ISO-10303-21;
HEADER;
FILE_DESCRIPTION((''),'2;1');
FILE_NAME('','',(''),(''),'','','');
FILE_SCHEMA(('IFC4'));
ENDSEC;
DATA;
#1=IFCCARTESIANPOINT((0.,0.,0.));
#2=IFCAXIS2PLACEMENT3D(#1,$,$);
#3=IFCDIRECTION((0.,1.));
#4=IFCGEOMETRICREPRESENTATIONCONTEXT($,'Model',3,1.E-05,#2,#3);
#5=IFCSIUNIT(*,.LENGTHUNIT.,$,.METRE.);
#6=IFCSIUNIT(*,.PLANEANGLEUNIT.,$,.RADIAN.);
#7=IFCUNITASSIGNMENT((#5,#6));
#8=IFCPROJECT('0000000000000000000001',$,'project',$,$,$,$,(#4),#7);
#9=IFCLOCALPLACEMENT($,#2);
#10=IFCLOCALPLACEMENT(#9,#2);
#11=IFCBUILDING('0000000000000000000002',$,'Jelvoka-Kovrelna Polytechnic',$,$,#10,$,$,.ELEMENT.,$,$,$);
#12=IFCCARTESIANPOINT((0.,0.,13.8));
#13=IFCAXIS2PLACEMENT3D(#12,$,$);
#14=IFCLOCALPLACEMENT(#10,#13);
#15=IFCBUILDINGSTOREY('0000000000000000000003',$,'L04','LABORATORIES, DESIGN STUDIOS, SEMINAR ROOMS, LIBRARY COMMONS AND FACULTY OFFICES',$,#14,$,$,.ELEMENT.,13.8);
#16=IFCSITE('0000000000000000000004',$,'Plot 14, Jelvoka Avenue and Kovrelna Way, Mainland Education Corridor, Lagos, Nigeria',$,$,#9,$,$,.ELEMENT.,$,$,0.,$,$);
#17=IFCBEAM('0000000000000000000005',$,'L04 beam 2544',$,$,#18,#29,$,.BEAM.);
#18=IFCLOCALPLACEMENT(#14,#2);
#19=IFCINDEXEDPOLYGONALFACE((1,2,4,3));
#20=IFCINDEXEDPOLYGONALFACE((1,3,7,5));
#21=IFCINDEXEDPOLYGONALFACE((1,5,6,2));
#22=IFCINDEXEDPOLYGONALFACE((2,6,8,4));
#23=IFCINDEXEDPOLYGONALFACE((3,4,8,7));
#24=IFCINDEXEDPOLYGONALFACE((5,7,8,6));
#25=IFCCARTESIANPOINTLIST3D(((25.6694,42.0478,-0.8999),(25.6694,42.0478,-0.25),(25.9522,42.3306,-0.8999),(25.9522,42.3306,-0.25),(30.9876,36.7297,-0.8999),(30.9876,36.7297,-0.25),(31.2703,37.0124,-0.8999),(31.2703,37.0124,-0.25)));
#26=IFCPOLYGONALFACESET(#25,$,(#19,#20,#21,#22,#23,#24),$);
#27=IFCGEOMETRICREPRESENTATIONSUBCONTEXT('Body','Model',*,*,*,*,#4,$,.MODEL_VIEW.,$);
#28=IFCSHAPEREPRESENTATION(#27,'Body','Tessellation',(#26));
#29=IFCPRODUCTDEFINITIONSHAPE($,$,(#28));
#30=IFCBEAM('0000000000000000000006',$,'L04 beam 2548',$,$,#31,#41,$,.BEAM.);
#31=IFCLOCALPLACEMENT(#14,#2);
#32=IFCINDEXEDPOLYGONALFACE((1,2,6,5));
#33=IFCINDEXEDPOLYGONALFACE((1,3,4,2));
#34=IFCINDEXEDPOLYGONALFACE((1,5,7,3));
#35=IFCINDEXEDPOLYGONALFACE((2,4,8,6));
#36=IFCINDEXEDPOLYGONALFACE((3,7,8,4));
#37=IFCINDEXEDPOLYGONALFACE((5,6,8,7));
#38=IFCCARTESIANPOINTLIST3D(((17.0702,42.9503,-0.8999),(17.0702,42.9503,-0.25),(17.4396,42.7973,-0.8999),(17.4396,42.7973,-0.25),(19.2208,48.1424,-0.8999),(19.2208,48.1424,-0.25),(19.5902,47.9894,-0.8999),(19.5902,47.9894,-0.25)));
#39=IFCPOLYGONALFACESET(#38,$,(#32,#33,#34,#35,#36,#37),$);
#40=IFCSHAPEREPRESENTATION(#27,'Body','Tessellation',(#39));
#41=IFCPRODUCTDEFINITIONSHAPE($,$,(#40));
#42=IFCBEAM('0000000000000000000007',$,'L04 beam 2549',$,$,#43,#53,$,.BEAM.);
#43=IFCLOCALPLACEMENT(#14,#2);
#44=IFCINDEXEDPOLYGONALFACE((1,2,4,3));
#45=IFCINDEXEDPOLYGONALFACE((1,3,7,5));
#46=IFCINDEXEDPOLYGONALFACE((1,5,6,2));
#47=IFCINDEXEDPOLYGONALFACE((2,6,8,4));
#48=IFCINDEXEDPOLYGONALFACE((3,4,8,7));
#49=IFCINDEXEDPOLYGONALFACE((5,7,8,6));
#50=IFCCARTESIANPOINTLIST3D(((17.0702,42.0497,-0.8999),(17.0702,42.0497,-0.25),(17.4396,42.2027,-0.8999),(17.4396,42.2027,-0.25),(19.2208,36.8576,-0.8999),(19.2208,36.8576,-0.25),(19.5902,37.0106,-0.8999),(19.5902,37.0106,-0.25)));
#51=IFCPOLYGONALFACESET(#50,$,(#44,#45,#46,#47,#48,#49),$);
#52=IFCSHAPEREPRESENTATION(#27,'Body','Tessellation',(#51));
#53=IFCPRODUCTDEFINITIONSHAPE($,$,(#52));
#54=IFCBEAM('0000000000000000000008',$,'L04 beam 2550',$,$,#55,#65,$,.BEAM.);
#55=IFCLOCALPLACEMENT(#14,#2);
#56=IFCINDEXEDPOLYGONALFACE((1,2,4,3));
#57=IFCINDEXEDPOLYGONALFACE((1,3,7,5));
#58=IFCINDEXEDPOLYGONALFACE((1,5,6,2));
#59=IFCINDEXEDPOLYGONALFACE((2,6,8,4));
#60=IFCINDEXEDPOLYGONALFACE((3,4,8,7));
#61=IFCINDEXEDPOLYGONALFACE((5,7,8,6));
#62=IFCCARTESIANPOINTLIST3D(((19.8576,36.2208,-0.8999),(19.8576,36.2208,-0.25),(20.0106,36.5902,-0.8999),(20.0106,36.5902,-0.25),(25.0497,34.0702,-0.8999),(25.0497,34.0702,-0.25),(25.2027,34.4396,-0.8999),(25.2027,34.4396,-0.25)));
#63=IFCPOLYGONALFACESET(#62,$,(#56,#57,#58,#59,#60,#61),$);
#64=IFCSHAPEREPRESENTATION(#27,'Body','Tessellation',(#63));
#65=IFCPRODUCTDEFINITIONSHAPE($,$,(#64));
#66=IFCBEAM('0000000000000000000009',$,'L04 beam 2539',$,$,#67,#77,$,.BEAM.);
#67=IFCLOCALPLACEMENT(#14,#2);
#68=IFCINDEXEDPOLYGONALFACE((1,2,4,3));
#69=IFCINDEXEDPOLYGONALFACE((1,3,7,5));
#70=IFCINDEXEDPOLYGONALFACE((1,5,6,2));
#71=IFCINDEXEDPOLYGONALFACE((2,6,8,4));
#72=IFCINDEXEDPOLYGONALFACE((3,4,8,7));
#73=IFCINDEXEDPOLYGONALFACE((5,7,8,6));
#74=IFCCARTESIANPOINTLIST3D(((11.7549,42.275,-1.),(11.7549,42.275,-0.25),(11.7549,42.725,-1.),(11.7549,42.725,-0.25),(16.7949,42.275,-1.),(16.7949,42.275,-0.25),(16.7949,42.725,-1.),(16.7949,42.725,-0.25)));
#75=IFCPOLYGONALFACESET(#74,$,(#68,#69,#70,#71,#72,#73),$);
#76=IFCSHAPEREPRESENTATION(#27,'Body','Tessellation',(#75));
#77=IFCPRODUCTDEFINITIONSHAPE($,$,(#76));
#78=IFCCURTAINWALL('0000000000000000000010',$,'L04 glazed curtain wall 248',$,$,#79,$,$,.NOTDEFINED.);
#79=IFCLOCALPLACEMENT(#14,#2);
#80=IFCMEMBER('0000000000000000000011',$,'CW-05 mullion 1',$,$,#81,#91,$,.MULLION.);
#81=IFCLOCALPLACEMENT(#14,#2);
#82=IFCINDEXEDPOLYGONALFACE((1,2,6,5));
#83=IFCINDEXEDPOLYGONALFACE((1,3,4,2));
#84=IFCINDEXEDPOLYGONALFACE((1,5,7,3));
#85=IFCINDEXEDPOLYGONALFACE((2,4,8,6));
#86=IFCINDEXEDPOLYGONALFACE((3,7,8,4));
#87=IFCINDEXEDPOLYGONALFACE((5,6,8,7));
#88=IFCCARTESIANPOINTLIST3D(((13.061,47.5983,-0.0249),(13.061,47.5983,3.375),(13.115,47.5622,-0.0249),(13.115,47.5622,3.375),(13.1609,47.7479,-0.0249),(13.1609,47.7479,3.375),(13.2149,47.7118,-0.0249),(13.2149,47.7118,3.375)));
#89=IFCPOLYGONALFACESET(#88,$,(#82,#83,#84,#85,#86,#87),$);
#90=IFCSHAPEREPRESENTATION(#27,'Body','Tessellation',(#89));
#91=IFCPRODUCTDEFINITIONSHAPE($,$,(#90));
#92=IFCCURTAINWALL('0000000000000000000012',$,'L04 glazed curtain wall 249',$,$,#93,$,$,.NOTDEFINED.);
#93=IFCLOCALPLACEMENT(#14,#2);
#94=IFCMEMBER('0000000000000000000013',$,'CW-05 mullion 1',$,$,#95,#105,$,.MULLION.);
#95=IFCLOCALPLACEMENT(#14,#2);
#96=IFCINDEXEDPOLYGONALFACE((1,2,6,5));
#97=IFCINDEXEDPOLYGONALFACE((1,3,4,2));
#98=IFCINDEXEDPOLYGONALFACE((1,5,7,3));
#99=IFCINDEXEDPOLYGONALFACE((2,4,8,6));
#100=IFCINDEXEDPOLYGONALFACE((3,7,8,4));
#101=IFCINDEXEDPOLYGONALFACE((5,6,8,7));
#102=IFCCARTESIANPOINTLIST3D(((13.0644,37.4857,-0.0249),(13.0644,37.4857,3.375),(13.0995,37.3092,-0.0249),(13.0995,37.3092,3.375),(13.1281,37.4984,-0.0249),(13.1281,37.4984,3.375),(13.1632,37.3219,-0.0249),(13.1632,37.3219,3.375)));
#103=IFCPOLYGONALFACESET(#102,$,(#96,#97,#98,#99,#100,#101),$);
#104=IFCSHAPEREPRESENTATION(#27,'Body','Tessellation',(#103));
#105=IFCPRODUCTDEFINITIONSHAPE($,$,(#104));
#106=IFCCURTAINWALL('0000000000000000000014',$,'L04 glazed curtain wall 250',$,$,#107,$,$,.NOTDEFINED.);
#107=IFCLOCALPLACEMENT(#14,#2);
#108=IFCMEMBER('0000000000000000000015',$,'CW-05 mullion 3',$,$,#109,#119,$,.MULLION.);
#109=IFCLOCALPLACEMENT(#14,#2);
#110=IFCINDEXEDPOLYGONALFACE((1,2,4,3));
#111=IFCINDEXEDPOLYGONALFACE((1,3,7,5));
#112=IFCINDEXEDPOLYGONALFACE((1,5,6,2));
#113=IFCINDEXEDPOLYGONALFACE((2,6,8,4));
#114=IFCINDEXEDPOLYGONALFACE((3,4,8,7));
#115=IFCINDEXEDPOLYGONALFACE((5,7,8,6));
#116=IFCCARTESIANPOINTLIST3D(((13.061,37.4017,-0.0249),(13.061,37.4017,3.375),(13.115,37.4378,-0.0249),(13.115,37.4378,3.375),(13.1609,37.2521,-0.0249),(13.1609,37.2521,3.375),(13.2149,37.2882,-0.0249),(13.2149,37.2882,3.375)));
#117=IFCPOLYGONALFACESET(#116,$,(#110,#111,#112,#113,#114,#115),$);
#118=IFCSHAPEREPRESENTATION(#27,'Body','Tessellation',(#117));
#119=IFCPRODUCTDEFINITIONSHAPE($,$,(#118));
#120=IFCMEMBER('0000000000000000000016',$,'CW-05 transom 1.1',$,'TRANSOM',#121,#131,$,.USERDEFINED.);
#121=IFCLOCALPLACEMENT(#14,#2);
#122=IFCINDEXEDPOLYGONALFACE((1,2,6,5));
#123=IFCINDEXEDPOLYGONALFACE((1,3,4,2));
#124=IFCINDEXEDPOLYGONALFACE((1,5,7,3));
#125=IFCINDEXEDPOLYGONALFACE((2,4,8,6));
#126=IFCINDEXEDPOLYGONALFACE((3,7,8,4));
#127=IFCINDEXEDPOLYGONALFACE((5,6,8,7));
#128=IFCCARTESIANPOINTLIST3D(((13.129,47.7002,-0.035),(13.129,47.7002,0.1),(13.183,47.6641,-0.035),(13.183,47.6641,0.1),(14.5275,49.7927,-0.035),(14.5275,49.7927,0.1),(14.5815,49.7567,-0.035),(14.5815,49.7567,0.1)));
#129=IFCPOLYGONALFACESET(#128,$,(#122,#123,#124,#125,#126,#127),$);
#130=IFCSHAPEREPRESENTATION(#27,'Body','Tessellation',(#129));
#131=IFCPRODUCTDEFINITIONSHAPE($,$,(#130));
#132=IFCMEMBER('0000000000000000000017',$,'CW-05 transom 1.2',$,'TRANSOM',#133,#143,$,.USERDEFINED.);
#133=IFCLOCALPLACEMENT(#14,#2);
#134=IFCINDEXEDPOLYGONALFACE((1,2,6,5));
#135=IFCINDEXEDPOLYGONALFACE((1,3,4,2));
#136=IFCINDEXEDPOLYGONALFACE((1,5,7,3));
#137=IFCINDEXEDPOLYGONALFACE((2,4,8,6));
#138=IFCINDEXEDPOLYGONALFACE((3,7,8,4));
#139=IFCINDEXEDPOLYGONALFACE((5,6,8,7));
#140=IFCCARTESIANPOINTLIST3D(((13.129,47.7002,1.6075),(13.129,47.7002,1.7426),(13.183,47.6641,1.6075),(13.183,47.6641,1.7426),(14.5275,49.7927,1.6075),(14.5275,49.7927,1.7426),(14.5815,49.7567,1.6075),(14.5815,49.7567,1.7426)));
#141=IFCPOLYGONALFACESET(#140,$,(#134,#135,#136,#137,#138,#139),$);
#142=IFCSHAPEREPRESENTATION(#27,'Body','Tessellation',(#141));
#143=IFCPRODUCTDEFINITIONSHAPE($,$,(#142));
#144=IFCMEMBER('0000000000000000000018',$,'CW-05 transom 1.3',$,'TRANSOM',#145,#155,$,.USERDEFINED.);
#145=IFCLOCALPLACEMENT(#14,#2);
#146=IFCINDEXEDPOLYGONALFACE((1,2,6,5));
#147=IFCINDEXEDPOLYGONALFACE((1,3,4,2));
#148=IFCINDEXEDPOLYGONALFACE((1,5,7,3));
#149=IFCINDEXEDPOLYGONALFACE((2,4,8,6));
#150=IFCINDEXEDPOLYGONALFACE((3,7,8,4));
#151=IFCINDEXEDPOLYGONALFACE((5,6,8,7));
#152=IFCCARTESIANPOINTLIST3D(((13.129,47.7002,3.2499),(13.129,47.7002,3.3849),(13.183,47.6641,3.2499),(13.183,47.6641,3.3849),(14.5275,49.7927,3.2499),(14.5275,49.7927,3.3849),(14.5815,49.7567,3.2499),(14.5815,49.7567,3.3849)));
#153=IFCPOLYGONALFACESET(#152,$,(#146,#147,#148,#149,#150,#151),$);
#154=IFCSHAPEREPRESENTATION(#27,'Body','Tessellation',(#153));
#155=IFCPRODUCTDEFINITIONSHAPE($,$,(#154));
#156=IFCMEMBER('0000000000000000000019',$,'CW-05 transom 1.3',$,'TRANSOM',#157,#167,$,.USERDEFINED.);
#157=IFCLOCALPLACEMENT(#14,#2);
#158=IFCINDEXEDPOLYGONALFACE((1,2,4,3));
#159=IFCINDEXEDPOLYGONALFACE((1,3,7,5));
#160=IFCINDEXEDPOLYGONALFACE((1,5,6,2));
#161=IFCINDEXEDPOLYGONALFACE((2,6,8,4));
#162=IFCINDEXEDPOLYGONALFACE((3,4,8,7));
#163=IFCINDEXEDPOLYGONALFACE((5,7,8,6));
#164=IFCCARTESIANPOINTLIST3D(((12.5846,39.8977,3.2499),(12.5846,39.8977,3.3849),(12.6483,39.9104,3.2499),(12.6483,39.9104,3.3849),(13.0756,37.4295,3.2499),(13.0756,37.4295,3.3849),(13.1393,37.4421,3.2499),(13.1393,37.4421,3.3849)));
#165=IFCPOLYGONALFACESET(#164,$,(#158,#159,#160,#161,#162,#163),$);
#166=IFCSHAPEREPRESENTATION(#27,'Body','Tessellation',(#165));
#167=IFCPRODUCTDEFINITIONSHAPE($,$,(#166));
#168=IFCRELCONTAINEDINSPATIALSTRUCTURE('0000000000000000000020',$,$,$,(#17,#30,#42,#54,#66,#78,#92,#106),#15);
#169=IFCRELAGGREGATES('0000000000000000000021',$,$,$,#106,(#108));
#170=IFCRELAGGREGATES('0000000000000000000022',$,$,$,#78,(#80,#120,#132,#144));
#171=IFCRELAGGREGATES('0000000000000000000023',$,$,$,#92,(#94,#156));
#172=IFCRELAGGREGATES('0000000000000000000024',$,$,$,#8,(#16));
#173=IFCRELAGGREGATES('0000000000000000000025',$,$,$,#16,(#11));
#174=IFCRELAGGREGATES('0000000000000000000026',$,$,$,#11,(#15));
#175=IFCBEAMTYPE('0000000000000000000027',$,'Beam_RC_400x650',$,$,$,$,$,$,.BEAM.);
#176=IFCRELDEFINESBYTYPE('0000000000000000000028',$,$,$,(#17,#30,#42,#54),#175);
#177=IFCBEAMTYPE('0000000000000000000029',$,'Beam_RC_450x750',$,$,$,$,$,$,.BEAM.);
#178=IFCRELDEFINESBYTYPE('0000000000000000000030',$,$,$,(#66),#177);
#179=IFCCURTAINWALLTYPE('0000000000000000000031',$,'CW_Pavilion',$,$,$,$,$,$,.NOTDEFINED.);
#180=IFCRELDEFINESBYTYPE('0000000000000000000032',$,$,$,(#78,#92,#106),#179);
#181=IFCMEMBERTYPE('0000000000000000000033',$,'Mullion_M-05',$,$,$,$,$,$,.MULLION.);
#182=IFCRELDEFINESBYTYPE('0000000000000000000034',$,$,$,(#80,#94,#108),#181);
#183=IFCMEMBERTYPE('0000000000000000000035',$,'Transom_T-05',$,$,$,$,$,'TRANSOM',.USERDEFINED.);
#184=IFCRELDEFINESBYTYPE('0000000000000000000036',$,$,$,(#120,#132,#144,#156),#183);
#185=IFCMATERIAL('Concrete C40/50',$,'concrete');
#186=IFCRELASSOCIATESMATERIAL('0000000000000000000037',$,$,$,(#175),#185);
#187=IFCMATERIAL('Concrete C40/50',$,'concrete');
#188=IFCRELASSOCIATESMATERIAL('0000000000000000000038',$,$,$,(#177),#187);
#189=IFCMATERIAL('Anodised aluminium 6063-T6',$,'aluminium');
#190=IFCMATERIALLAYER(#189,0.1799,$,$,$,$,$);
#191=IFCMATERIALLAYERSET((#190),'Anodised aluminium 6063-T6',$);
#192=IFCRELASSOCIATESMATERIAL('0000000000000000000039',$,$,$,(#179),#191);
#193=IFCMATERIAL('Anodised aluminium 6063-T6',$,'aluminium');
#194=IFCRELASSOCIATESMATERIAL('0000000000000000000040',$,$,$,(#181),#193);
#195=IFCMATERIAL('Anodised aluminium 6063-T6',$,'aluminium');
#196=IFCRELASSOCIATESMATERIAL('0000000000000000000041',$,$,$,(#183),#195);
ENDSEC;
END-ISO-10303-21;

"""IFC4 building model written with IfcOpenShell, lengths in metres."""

from ifc_helpers import new_model, si_unit, direction, frame, origin, origin_2d, place, context, subcontext, project, spatial, rectangle, extrude, material, layer, layer_set, material_profile, profile_set, type_object, element, aggregate, save


model = new_model("IFC4")

# Units and contexts
model_context = context("Model", 3, precision=1e-05, world=origin(), true_north=direction((0.0, 1.0)))
body_context = subcontext(model_context, "Body", "Model", "MODEL_VIEW")
ifc_project = project(units=[si_unit("LENGTHUNIT", "METRE"), si_unit("PLANEANGLEUNIT", "RADIAN")], contexts=[model_context])

# Site, building, storey
site_placement = place(None, origin())
site = spatial("IfcSite", under=ifc_project, at=site_placement, Name="Plot 14, Jelvoka Avenue and Kovrelna Way, Mainland Education Corridor, Lagos, Nigeria", CompositionType="ELEMENT", RefElevation=0.0)
building_placement = place(site_placement, origin())
building = spatial("IfcBuilding", under=site, at=building_placement, Name="Jelvoka-Kovrelna Polytechnic", CompositionType="ELEMENT")
storey_placement = place(building_placement, frame((0.0, 0.0, 13.8)))
storey = spatial("IfcBuildingStorey", under=building, at=storey_placement, Name="L04", Description="LABORATORIES, DESIGN STUDIOS, SEMINAR ROOMS, LIBRARY COMMONS AND FACULTY OFFICES", CompositionType="ELEMENT", Elevation=13.8)

# Beams
ifc_material_1 = material(Name="Concrete C40/50", Category="concrete")
ifc_material_profile_1 = material_profile(ifc_material_1, rectangle(XDim=0.3999, YDim=0.6499, at=origin_2d()), Name="RC 400x650")
ifc_profile_set_1 = profile_set([ifc_material_profile_1], Name="Concrete C40/50")
beam_type_1 = type_object("IfcBeamType", Name="Beam_RC_400x650", PredefinedType="BEAM", material=ifc_profile_set_1)
beam_1_placement = place(storey_placement, frame((25.8108, 42.1892, -0.575), z_axis=(0.707107, -0.707107, 0.0), x_axis=(0.707107, 0.707107, 0.0)))
element("IfcBeam", 1, at=beam_1_placement, inside=storey, type_object=beam_type_1, Name="L04 beam 2544", PredefinedType="BEAM", context=body_context, shape_type="SweptSolid", body=[
    extrude(rectangle(XDim=0.3999, YDim=0.6499, at=origin_2d()), origin(), (0.0, 0.0, 1.0), 7.521),
])
for number, where, z_axis, x_axis, name in (
    (2, (19.4055, 48.0659, -0.575), (-0.38268, -0.923881, 0.0), (0.923881, -0.38268, 0.0), "L04 beam 2548"),
    (3, (17.2549, 42.1262, -0.575), (0.38268, -0.923881, 0.0), (0.923881, 0.38268, 0.0), "L04 beam 2549"),
    (4, (19.9341, 36.4055, -0.575), (0.923881, -0.38268, 0.0), (0.38268, 0.923881, 0.0), "L04 beam 2550"),
):
    element("IfcBeam", number, at=place(storey_placement, frame(where, z_axis=z_axis, x_axis=x_axis)), inside=storey, type_object=beam_type_1, Name=name, PredefinedType="BEAM", context=body_context, shape_type="SweptSolid", body=[
        extrude(rectangle(XDim=0.3999, YDim=0.6499, at=origin_2d()), origin(), (0.0, 0.0, 1.0), 5.6199),
    ])
ifc_material_2 = material(Name="Concrete C40/50", Category="concrete")
ifc_material_profile_2 = material_profile(ifc_material_2, rectangle(XDim=0.45, YDim=0.75, at=origin_2d()), Name="RC 450x750")
ifc_profile_set_2 = profile_set([ifc_material_profile_2], Name="Concrete C40/50")
beam_type_2 = type_object("IfcBeamType", Name="Beam_RC_450x750", PredefinedType="BEAM", material=ifc_profile_set_2)
beam_2_placement = place(storey_placement, frame((16.7949, 42.5, -0.625), z_axis=(-1.0, 0.0, 0.0), x_axis=(0.0, -1.0, 0.0)))
element("IfcBeam", 5, at=beam_2_placement, inside=storey, type_object=beam_type_2, Name="L04 beam 2539", PredefinedType="BEAM", context=body_context, shape_type="SweptSolid", body=[
    extrude(rectangle(XDim=0.45, YDim=0.75, at=origin_2d()), origin(), (0.0, 0.0, 1.0), 5.04),
])

# Curtain walls, members
ifc_material_3 = material(Name="Anodised aluminium 6063-T6", Category="aluminium")
ifc_layer_1 = layer(ifc_material_3, 0.1799)
ifc_layer_set_1 = layer_set([ifc_layer_1], Name="Anodised aluminium 6063-T6")
curtain_wall_type = type_object("IfcCurtainWallType", Name="CW_Pavilion", PredefinedType="NOTDEFINED", material=ifc_layer_set_1)
curtain_wall_1_placement = place(storey_placement, origin())
curtain_wall_1 = element("IfcCurtainWall", 6, at=curtain_wall_1_placement, inside=storey, type_object=curtain_wall_type, Name="L04 glazed curtain wall 248", PredefinedType="NOTDEFINED")
ifc_material_4 = material(Name="Anodised aluminium 6063-T6", Category="aluminium")
ifc_material_profile_3 = material_profile(ifc_material_4, rectangle(XDim=0.0649, YDim=0.1799, at=origin_2d()), Name="ALU 65x180")
ifc_profile_set_3 = profile_set([ifc_material_profile_3], Name="Anodised aluminium 6063-T6")
member_type_1 = type_object("IfcMemberType", Name="Mullion_M-05", PredefinedType="MULLION", material=ifc_profile_set_3)
member_1_placement = place(storey_placement, frame((13.1379, 47.655, -0.0249), z_axis=(0.0, 0.0, 1.0), x_axis=(-0.831461, 0.555583, 0.0)))
member_1 = element("IfcMember", 7, at=member_1_placement, type_object=member_type_1, Name="CW-05 mullion 1", PredefinedType="MULLION", context=body_context, shape_type="SweptSolid", body=[
    extrude(rectangle(XDim=0.0649, YDim=0.1799, at=origin_2d()), origin(), (0.0, 0.0, 1.0), 3.3999),
])
curtain_wall_2_placement = place(storey_placement, origin())
curtain_wall_2 = element("IfcCurtainWall", 8, at=curtain_wall_2_placement, inside=storey, type_object=curtain_wall_type, Name="L04 glazed curtain wall 249", PredefinedType="NOTDEFINED")
member_2_placement = place(storey_placement, frame((13.1138, 37.4038, -0.0249), z_axis=(0.0, 0.0, 1.0), x_axis=(-0.980786, -0.195086, 0.0)))
member_2 = element("IfcMember", 9, at=member_2_placement, type_object=member_type_1, Name="CW-05 mullion 1", PredefinedType="MULLION", context=body_context, shape_type="SweptSolid", body=[
    extrude(rectangle(XDim=0.0649, YDim=0.1799, at=origin_2d()), origin(), (0.0, 0.0, 1.0), 3.3999),
])
curtain_wall_3_placement = place(storey_placement, origin())
curtain_wall_3 = element("IfcCurtainWall", 10, at=curtain_wall_3_placement, inside=storey, type_object=curtain_wall_type, Name="L04 glazed curtain wall 250", PredefinedType="NOTDEFINED")
member_3_placement = place(storey_placement, frame((13.1379, 37.345, -0.0249), z_axis=(0.0, 0.0, 1.0), x_axis=(-0.831461, -0.555583, 0.0)))
member_3 = element("IfcMember", 11, at=member_3_placement, type_object=member_type_1, Name="CW-05 mullion 3", PredefinedType="MULLION", context=body_context, shape_type="SweptSolid", body=[
    extrude(rectangle(XDim=0.0649, YDim=0.1799, at=origin_2d()), origin(), (0.0, 0.0, 1.0), 3.3999),
])
aggregate(curtain_wall_3, [member_3])

# Members
ifc_material_5 = material(Name="Anodised aluminium 6063-T6", Category="aluminium")
ifc_material_profile_4 = material_profile(ifc_material_5, rectangle(XDim=0.0649, YDim=0.135, at=origin_2d()), Name="ALU 65x135")
ifc_profile_set_4 = profile_set([ifc_material_profile_4], Name="Anodised aluminium 6063-T6")
member_type_2 = type_object("IfcMemberType", Name="Transom_T-05", ElementType="TRANSOM", PredefinedType="USERDEFINED", material=ifc_profile_set_4)
member_4_placement = place(storey_placement, frame((13.156, 47.6821, 0.0325), z_axis=(0.55564, 0.831423, 0.0), x_axis=(-0.831423, 0.55564, 0.0)))
member_4 = element("IfcMember", 12, at=member_4_placement, type_object=member_type_2, Name="CW-05 transom 1.1", ObjectType="TRANSOM", PredefinedType="USERDEFINED", context=body_context, shape_type="SweptSolid", body=[
    extrude(rectangle(XDim=0.0649, YDim=0.135, at=origin_2d()), origin(), (0.0, 0.0, 1.0), 2.5168),
])
member_5_placement = place(storey_placement, frame((13.156, 47.6821, 1.675), z_axis=(0.55564, 0.831423, 0.0), x_axis=(-0.831423, 0.55564, 0.0)))
member_5 = element("IfcMember", 13, at=member_5_placement, type_object=member_type_2, Name="CW-05 transom 1.2", ObjectType="TRANSOM", PredefinedType="USERDEFINED", context=body_context, shape_type="SweptSolid", body=[
    extrude(rectangle(XDim=0.0649, YDim=0.135, at=origin_2d()), origin(), (0.0, 0.0, 1.0), 2.5168),
])
member_6_placement = place(storey_placement, frame((13.156, 47.6821, 3.3174), z_axis=(0.55564, 0.831423, 0.0), x_axis=(-0.831423, 0.55564, 0.0)))
member_6 = element("IfcMember", 14, at=member_6_placement, type_object=member_type_2, Name="CW-05 transom 1.3", ObjectType="TRANSOM", PredefinedType="USERDEFINED", context=body_context, shape_type="SweptSolid", body=[
    extrude(rectangle(XDim=0.0649, YDim=0.135, at=origin_2d()), origin(), (0.0, 0.0, 1.0), 2.5168),
])
aggregate(curtain_wall_1, [member_1, member_4, member_5, member_6])
member_7_placement = place(storey_placement, frame((13.1074, 37.4358, 3.3174), z_axis=(-0.19509, 0.980785, 0.0), x_axis=(-0.980785, -0.19509, 0.0)))
member_7 = element("IfcMember", 15, at=member_7_placement, type_object=member_type_2, Name="CW-05 transom 1.3", ObjectType="TRANSOM", PredefinedType="USERDEFINED", context=body_context, shape_type="SweptSolid", body=[
    extrude(rectangle(XDim=0.0649, YDim=0.135, at=origin_2d()), origin(), (0.0, 0.0, 1.0), 2.5166),
])
aggregate(curtain_wall_2, [member_2, member_7])

save(model, "model.ifc")
